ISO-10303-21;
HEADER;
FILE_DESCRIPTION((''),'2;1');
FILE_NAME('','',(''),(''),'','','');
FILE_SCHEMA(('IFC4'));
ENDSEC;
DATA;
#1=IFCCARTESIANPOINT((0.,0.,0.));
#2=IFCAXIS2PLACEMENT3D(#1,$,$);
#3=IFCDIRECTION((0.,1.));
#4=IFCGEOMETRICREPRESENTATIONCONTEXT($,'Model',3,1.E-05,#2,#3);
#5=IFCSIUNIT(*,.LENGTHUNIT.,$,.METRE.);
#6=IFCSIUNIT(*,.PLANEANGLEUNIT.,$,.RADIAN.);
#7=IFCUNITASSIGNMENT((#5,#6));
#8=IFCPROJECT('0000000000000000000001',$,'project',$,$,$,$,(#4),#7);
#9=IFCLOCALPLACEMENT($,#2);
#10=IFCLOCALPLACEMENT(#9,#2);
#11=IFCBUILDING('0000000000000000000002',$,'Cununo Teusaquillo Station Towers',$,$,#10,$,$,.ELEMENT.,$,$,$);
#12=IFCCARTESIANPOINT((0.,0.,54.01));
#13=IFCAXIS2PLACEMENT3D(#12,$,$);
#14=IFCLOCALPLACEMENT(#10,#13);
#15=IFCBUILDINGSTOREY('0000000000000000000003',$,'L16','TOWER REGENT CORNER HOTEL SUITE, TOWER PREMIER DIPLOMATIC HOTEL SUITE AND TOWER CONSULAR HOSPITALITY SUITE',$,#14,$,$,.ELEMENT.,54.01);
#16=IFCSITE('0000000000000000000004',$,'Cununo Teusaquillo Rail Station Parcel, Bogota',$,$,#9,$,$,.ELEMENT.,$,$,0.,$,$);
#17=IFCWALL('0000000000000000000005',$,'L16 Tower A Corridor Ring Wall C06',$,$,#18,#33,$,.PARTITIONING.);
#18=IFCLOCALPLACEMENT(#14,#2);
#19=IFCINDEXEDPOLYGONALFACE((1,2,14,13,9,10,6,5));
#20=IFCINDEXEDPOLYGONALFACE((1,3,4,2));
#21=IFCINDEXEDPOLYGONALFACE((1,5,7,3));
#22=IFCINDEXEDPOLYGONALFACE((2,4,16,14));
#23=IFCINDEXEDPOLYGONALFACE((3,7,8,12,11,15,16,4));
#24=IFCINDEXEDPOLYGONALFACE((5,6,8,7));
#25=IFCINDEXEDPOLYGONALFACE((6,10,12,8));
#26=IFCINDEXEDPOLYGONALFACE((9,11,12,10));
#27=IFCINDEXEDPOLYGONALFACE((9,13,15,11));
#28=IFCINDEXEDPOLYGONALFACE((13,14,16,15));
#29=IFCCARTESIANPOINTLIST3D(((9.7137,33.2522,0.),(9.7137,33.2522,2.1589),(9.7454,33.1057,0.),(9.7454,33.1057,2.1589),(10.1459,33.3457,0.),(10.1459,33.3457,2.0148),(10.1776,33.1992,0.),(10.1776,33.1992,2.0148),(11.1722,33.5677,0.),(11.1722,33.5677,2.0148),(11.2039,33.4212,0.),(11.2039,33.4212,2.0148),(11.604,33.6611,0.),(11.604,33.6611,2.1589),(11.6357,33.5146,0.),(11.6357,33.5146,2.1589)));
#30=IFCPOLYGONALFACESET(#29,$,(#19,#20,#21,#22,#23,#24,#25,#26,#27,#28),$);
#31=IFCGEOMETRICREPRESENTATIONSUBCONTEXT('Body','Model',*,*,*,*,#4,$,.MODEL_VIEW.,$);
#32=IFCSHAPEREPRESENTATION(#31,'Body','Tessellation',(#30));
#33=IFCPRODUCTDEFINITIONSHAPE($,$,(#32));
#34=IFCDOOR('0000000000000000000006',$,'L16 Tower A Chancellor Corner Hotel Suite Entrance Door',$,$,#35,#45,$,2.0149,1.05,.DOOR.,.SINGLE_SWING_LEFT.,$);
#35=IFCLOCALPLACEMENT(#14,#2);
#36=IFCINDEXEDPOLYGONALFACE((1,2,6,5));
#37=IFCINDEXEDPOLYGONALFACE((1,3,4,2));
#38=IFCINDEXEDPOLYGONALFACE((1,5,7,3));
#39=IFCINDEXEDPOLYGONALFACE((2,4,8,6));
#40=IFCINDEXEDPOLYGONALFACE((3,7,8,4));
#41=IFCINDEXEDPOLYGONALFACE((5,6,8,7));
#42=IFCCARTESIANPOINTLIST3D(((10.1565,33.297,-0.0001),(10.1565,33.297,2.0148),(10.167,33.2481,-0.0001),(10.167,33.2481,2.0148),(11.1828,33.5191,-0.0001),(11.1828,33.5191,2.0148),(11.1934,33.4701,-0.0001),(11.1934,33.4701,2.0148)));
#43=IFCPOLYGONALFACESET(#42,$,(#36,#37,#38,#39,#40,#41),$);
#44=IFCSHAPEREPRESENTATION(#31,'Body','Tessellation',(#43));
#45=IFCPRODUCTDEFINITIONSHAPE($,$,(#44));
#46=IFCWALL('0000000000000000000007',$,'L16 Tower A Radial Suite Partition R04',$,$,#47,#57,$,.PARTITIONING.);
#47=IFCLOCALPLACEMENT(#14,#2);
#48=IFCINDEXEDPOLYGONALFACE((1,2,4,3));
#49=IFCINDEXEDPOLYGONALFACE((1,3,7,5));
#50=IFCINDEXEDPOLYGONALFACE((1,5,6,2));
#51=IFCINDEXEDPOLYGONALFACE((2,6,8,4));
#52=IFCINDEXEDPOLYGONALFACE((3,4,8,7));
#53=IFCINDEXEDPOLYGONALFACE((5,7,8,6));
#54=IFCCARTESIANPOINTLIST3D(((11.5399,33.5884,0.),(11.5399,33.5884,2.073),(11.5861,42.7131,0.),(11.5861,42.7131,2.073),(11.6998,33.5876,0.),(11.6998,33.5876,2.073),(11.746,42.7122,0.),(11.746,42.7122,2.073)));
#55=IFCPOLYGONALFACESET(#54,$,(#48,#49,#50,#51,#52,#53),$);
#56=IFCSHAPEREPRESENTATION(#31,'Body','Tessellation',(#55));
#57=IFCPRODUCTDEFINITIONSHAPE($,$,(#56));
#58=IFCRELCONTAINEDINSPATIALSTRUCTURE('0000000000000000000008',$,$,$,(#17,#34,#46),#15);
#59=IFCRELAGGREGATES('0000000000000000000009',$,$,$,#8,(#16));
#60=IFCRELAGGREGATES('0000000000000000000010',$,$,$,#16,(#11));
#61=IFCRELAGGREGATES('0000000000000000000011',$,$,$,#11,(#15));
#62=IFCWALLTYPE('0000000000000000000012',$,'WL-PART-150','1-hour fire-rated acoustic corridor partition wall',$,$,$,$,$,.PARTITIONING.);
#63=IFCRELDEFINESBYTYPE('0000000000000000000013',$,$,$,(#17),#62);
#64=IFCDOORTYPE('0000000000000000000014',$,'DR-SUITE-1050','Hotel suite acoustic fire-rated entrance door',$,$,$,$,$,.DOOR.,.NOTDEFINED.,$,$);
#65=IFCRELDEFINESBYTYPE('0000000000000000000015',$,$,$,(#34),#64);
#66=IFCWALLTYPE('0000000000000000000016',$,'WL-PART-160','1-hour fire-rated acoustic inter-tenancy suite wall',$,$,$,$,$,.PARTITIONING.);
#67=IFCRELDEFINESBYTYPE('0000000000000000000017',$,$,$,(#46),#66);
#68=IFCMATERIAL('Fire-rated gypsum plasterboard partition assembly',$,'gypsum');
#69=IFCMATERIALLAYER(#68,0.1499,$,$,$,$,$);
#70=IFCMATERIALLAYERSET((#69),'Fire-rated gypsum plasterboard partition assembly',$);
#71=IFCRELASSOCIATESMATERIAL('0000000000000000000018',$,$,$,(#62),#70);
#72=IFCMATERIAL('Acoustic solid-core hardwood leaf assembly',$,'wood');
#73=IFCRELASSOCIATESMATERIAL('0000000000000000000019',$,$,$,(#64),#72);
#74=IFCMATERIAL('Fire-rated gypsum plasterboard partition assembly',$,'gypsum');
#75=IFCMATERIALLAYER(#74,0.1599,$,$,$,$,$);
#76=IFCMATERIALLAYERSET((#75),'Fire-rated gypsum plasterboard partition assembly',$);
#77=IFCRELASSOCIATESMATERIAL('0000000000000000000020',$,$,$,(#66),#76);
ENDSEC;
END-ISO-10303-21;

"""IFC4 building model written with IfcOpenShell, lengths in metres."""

from ifc_helpers import new_model, si_unit, direction, frame, frame_2d, origin, place, context, subcontext, project, spatial, rectangle, extrude, source, transform, mapped, material, layer, layer_set, type_object, element, fill, save


model = new_model("IFC4")

# Units and contexts
model_context = context("Model", 3, precision=1e-05, world=origin(), true_north=direction((0.0, 1.0)))
body_context = subcontext(model_context, "Body", "Model", "MODEL_VIEW")
ifc_project = project(units=[si_unit("LENGTHUNIT", "METRE"), si_unit("PLANEANGLEUNIT", "RADIAN")], contexts=[model_context])

# Site, building, storey
site_placement = place(None, origin())
site = spatial("IfcSite", under=ifc_project, at=site_placement, Name="Cununo Teusaquillo Rail Station Parcel, Bogota", CompositionType="ELEMENT", RefElevation=0.0)
building_placement = place(site_placement, origin())
building = spatial("IfcBuilding", under=site, at=building_placement, Name="Cununo Teusaquillo Station Towers", CompositionType="ELEMENT")
storey_placement = place(building_placement, frame((0.0, 0.0, 54.01)))
storey = spatial("IfcBuildingStorey", under=building, at=storey_placement, Name="L16", Description="TOWER REGENT CORNER HOTEL SUITE, TOWER PREMIER DIPLOMATIC HOTEL SUITE AND TOWER CONSULAR HOSPITALITY SUITE", CompositionType="ELEMENT", Elevation=54.01)

# Wall, opening, door
ifc_material_1 = material(Name="Fire-rated gypsum plasterboard partition assembly", Category="gypsum")
ifc_layer_1 = layer(ifc_material_1, 0.1499)
ifc_layer_set_1 = layer_set([ifc_layer_1], Name="Fire-rated gypsum plasterboard partition assembly")
wall_type_1 = type_object("IfcWallType", Name="WL-PART-150", Description="1-hour fire-rated acoustic corridor partition wall", PredefinedType="PARTITIONING", material=ifc_layer_set_1)
wall_1_placement = place(storey_placement, frame((11.6199, 33.5879, 0.0), z_axis=(0.0, 0.0, 1.0), x_axis=(-0.977392, -0.211434, 0.0)))
wall_1 = element("IfcWall", 1, at=wall_1_placement, inside=storey, type_object=wall_type_1, Name="L16 Tower A Corridor Ring Wall C06", PredefinedType="PARTITIONING", context=body_context, shape_type="SweptSolid", body=[
    extrude(rectangle(XDim=1.9341, YDim=0.1499, at=frame_2d((0.967, 0.0))), origin(), (0.0, 0.0, 1.0), 2.1589),
])
shared_shape_1 = source(origin(), body_context, "Body", "SweptSolid", [
    extrude(rectangle(XDim=1.05, YDim=2.0149, at=frame_2d((0.5249, 1.0073))), frame((0.0, 0.085, 0.0), z_axis=(0.0, -1.0, 0.0), x_axis=(1.0, 0.0, 0.0)), (0.0, 0.0, 1.0), 0.1699),
])
opening_1_placement = place(wall_1_placement, frame((0.4419, 0.0, 0.0)))
opening_1 = element("IfcOpeningElement", 2, at=opening_1_placement, cuts=wall_1, PredefinedType="OPENING", context=body_context, shape_type="MappedRepresentation", body=[
    mapped(shared_shape_1, transform((0.0, 0.0, 0.0), x_axis=(1.0, 0.0, 0.0), y_axis=(0.0, 1.0, 0.0), z_axis=(0.0, 0.0, 1.0), scale=1.0)),
])
ifc_material_2 = material(Name="Acoustic solid-core hardwood leaf assembly", Category="wood")
door_type_1 = type_object("IfcDoorType", Name="DR-SUITE-1050", Description="Hotel suite acoustic fire-rated entrance door", OperationType="NOTDEFINED", PredefinedType="DOOR", material=ifc_material_2)
shared_shape_2 = source(origin(), body_context, "Body", "SweptSolid", [
    extrude(rectangle(XDim=1.05, YDim=2.0149, at=frame_2d((0.5249, 1.0073))), frame((0.0, 0.0249, 0.0), z_axis=(0.0, -1.0, 0.0), x_axis=(1.0, 0.0, 0.0)), (0.0, 0.0, 1.0), 0.05),
])
door_1_placement = place(opening_1_placement, origin())
door_1 = element("IfcDoor", 3, at=door_1_placement, inside=storey, type_object=door_type_1, Name="L16 Tower A Chancellor Corner Hotel Suite Entrance Door", OperationType="SINGLE_SWING_LEFT", OverallHeight=2.0149, OverallWidth=1.05, PredefinedType="DOOR", context=body_context, shape_type="MappedRepresentation", body=[
    mapped(shared_shape_2, transform((0.0, 0.0, 0.0), x_axis=(1.0, 0.0, 0.0), y_axis=(0.0, 1.0, 0.0), z_axis=(0.0, 0.0, 1.0), scale=1.0)),
])
fill(opening_1, door_1)

# Wall
ifc_material_3 = material(Name="Fire-rated gypsum plasterboard partition assembly", Category="gypsum")
ifc_layer_2 = layer(ifc_material_3, 0.1599)
ifc_layer_set_2 = layer_set([ifc_layer_2], Name="Fire-rated gypsum plasterboard partition assembly")
wall_type_2 = type_object("IfcWallType", Name="WL-PART-160", Description="1-hour fire-rated acoustic inter-tenancy suite wall", PredefinedType="PARTITIONING", material=ifc_layer_set_2)
wall_2_placement = place(storey_placement, frame((11.6199, 33.5879, 0.0), z_axis=(0.0, 0.0, 1.0), x_axis=(0.005057, 0.999987, 0.0)))
element("IfcWall", 4, at=wall_2_placement, inside=storey, type_object=wall_type_2, Name="L16 Tower A Radial Suite Partition R04", PredefinedType="PARTITIONING", context=body_context, shape_type="SweptSolid", body=[
    extrude(rectangle(XDim=9.1248, YDim=0.1599, at=frame_2d((4.5625, 0.0))), origin(), (0.0, 0.0, 1.0), 2.073),
])

save(model, "model.ifc")
